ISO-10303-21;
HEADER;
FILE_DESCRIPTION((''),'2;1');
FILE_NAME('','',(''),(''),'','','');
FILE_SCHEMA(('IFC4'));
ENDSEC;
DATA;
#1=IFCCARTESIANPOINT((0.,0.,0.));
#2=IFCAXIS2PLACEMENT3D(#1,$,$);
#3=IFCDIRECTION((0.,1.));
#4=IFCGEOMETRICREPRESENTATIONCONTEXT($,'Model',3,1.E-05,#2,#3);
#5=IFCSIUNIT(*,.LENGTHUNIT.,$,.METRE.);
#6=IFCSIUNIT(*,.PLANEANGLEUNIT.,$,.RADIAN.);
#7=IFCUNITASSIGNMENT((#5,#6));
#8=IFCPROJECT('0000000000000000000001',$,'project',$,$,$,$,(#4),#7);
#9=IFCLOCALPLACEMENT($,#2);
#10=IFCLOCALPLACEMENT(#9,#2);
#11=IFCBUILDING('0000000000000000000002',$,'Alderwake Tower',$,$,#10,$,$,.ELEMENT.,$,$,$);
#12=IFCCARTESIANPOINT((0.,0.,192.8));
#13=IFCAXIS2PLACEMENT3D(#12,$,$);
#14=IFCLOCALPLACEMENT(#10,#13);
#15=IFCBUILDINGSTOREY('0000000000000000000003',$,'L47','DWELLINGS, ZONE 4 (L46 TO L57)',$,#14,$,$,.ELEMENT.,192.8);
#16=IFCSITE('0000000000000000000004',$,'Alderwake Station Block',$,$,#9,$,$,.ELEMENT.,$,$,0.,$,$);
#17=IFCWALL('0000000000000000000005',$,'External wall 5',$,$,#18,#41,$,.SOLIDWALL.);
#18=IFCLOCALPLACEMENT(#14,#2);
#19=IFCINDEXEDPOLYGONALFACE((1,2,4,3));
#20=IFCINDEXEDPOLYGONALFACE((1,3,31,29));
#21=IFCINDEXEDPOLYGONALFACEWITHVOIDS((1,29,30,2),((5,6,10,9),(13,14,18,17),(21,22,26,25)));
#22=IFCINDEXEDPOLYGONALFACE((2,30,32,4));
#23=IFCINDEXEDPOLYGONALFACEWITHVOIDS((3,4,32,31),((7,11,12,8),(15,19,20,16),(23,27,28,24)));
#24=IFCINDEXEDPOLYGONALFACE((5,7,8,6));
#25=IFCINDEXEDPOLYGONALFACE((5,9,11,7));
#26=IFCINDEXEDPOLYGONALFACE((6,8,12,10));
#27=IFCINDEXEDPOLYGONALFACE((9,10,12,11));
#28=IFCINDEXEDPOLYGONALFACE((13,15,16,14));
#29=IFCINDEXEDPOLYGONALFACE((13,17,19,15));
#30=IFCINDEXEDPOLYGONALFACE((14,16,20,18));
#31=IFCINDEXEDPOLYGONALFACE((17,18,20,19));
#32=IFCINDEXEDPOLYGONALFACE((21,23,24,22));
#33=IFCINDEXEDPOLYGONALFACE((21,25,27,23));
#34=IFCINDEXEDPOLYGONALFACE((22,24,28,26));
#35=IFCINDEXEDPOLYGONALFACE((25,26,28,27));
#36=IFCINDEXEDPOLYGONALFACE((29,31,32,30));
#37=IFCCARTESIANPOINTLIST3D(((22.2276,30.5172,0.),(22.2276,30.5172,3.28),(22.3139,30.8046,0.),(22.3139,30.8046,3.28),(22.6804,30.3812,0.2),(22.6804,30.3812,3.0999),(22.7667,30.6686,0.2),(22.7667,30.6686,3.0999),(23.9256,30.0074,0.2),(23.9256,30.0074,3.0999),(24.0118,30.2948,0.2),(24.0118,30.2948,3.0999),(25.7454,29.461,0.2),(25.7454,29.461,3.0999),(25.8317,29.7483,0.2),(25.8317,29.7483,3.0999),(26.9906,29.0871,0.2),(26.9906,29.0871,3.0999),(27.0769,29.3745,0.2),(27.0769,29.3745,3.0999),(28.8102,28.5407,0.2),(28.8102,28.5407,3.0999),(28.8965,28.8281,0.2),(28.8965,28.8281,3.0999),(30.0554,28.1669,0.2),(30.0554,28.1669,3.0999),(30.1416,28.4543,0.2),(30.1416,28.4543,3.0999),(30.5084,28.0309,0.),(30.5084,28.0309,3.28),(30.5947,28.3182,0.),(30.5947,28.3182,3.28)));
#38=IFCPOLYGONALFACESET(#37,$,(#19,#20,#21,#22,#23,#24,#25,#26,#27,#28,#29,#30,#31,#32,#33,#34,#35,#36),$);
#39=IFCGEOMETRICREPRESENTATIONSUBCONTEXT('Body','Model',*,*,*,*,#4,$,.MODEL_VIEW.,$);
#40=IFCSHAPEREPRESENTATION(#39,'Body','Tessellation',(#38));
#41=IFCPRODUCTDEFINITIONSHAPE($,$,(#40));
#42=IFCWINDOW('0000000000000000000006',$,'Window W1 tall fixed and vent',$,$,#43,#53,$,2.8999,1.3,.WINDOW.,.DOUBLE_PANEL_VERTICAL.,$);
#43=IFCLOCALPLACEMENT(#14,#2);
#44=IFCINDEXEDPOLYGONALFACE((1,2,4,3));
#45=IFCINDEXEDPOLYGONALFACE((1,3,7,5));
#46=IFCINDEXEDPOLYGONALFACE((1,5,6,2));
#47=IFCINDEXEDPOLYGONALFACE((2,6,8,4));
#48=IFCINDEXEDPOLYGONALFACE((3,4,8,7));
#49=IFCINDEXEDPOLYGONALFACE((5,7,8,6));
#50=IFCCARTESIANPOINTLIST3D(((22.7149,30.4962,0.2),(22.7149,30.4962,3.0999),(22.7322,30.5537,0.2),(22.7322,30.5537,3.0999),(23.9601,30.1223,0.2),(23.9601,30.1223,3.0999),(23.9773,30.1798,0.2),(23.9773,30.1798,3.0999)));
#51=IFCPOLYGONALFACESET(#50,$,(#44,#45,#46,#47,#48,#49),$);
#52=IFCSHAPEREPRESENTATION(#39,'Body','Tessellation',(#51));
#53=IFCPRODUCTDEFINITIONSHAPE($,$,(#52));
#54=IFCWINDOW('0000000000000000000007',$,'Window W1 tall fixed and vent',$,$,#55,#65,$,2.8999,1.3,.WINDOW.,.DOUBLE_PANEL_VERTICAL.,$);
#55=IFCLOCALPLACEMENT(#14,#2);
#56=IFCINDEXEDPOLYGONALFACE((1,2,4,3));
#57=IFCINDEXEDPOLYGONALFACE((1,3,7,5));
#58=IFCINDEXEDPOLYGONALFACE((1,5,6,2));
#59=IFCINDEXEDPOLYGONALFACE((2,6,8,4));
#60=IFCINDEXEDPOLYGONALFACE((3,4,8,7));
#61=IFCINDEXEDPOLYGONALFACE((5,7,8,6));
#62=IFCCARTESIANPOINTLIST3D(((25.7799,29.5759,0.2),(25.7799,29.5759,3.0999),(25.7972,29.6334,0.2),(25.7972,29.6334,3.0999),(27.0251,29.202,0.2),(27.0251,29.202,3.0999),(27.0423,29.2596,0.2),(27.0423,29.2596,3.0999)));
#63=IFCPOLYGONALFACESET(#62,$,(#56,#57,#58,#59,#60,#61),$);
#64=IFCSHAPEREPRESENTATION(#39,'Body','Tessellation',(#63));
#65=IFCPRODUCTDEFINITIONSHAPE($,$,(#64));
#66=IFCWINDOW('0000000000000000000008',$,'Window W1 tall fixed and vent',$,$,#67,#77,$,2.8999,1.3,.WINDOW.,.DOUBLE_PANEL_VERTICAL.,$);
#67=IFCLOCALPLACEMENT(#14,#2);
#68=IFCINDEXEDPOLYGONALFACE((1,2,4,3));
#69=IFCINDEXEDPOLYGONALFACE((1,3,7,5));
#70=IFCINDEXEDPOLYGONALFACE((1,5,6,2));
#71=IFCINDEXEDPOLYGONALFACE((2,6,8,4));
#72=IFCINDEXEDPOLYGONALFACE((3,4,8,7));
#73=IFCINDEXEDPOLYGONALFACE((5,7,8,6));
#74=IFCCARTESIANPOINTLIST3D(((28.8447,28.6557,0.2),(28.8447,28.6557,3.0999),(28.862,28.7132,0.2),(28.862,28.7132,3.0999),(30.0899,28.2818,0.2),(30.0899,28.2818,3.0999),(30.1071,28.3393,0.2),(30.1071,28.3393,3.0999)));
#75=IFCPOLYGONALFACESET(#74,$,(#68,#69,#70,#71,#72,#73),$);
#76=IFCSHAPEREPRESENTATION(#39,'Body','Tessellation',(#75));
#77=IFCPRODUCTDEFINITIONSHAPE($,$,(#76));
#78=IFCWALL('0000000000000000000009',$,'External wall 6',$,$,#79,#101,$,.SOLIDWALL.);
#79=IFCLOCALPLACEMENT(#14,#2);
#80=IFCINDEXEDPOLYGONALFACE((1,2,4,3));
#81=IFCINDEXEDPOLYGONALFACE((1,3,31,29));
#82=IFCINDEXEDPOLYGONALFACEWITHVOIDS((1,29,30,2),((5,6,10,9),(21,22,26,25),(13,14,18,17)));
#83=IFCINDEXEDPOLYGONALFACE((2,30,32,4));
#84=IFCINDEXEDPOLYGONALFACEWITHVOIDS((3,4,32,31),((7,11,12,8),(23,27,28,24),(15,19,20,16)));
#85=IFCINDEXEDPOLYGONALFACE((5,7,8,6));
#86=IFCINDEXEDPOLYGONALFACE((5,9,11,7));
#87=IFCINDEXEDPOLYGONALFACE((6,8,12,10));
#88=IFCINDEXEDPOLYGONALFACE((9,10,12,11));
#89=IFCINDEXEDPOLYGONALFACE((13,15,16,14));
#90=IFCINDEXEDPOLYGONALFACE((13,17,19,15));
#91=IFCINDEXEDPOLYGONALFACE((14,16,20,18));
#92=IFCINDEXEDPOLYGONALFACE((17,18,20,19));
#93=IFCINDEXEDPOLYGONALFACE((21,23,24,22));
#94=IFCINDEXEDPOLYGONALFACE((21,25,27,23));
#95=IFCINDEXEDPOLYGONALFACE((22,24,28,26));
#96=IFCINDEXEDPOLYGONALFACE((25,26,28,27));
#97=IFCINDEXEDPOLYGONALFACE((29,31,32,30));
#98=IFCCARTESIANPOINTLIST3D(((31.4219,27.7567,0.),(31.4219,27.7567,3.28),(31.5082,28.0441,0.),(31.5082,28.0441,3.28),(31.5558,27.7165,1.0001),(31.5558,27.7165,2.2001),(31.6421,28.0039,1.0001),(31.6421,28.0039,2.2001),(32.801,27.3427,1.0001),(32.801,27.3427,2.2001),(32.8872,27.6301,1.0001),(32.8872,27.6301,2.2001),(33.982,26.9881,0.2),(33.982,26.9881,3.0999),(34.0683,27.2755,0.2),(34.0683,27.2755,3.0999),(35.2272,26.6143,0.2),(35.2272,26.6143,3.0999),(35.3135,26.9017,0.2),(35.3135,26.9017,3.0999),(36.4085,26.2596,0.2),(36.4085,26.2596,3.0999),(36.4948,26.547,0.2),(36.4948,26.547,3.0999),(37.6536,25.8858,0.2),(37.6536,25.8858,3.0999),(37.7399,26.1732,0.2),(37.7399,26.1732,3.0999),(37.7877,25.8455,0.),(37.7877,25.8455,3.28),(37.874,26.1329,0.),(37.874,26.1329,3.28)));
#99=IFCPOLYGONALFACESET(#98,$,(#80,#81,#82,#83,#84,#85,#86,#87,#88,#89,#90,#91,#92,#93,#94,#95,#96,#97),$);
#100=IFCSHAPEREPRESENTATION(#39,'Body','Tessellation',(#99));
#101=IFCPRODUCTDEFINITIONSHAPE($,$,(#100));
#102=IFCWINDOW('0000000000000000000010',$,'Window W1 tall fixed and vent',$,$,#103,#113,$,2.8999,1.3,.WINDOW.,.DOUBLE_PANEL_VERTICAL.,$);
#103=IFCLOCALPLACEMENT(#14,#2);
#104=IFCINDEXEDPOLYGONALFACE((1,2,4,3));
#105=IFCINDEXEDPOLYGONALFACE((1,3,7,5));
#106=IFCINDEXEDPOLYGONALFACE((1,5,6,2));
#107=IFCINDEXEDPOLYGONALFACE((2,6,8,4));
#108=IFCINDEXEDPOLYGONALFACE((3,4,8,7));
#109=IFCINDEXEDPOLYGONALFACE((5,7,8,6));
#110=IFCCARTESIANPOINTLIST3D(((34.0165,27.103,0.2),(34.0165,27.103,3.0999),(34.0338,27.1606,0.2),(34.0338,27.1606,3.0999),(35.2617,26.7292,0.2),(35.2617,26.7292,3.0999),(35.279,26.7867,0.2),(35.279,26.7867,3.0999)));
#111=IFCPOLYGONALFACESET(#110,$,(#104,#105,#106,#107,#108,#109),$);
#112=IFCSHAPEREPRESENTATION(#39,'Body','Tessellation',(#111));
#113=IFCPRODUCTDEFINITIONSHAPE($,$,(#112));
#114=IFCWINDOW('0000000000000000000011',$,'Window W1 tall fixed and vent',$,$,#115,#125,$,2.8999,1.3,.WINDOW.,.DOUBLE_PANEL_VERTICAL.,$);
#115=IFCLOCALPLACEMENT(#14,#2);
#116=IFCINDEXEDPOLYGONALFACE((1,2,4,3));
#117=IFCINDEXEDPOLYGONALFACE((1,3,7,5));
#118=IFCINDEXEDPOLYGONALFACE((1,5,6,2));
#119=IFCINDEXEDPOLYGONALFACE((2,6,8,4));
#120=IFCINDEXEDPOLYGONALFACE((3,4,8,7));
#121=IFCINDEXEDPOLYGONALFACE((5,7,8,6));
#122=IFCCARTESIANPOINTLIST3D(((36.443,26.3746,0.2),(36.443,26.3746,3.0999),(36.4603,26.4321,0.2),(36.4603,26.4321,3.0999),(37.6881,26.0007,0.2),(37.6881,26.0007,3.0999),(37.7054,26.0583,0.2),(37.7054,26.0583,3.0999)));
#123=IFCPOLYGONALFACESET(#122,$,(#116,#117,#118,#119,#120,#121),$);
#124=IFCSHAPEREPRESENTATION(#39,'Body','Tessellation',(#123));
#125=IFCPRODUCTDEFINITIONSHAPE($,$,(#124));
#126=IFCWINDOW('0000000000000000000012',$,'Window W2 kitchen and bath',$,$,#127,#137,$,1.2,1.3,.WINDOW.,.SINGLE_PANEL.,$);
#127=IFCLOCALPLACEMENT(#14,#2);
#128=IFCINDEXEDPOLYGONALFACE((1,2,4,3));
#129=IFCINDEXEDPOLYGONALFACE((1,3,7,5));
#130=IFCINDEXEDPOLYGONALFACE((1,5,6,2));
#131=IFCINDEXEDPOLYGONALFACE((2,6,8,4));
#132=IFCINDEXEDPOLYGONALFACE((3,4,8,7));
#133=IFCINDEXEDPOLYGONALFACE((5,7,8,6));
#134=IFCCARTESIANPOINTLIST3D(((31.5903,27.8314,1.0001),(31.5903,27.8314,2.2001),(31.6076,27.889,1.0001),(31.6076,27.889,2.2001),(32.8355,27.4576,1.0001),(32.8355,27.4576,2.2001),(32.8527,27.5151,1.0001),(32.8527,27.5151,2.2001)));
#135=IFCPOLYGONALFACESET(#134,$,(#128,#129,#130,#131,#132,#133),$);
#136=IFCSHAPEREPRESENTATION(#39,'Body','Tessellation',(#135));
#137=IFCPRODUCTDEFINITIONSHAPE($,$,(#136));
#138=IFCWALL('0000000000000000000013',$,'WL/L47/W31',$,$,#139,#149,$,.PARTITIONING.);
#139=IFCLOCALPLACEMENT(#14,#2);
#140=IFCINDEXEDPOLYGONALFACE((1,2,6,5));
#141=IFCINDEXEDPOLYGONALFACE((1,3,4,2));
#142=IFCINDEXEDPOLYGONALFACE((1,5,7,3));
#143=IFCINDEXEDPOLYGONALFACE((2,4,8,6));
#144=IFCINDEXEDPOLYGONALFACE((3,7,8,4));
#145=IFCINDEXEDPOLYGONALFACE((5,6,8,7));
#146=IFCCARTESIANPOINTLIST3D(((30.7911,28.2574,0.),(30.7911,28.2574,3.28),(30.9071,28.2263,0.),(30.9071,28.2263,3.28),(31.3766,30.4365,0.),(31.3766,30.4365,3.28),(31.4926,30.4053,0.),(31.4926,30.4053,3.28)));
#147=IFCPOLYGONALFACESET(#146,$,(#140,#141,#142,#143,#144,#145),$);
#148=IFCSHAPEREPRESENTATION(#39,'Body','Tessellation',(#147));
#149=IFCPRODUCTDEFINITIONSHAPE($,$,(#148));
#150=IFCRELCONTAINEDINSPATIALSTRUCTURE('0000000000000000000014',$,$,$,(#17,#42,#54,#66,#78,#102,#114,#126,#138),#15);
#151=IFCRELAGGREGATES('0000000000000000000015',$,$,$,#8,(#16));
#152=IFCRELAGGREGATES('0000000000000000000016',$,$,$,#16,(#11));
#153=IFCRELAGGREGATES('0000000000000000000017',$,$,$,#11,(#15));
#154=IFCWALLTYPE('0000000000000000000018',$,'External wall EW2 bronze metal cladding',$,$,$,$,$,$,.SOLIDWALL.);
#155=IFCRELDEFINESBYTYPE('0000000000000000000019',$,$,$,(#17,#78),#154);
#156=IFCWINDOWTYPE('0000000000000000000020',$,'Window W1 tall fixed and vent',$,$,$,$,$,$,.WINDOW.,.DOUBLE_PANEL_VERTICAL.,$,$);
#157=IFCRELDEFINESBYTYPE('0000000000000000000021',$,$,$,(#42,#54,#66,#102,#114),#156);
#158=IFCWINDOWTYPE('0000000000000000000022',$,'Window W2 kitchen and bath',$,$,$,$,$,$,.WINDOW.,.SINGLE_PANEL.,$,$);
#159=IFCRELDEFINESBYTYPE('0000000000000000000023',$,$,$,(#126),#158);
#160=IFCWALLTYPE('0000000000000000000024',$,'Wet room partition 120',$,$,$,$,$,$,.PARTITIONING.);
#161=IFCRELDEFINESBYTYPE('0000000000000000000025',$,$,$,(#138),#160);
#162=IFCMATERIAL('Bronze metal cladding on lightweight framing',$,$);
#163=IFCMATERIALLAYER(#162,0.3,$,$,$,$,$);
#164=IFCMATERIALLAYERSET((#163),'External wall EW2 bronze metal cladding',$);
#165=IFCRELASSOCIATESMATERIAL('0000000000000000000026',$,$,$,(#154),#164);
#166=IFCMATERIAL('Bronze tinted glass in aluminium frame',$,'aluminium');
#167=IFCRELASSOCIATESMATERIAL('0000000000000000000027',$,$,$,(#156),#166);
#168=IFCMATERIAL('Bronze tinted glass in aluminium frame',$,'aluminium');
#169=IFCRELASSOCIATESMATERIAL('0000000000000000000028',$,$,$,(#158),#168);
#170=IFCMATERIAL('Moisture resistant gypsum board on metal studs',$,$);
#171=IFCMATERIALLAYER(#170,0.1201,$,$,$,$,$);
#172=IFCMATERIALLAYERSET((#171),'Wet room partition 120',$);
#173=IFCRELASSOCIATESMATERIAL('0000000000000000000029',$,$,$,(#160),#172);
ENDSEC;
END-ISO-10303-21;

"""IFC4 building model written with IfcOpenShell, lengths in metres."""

from ifc_helpers import new_model, si_unit, direction, frame, frame_2d, origin, place, context, subcontext, project, spatial, rectangle, extrude, material, layer, layer_set, type_object, element, fill, save


model = new_model("IFC4")

# Units and contexts
model_context = context("Model", 3, precision=1e-05, world=origin(), true_north=direction((0.0, 1.0)))
body_context = subcontext(model_context, "Body", "Model", "MODEL_VIEW")
ifc_project = project(units=[si_unit("LENGTHUNIT", "METRE"), si_unit("PLANEANGLEUNIT", "RADIAN")], contexts=[model_context])

# Site, building, storey
site_placement = place(None, origin())
site = spatial("IfcSite", under=ifc_project, at=site_placement, Name="Alderwake Station Block", CompositionType="ELEMENT", RefElevation=0.0)
building_placement = place(site_placement, origin())
building = spatial("IfcBuilding", under=site, at=building_placement, Name="Alderwake Tower", CompositionType="ELEMENT")
storey_placement = place(building_placement, frame((0.0, 0.0, 192.8)))
storey = spatial("IfcBuildingStorey", under=building, at=storey_placement, Name="L47", Description="DWELLINGS, ZONE 4 (L46 TO L57)", CompositionType="ELEMENT", Elevation=192.8)

# Walls, openings, windows
ifc_material_1 = material(Name="Bronze metal cladding on lightweight framing")
ifc_layer_1 = layer(ifc_material_1, 0.3)
ifc_layer_set_1 = layer_set([ifc_layer_1], Name="External wall EW2 bronze metal cladding")
wall_type_1 = type_object("IfcWallType", Name="External wall EW2 bronze metal cladding", PredefinedType="SOLIDWALL", material=ifc_layer_set_1)
wall_1_placement = place(storey_placement, frame((22.2708, 30.6609, 0.0), z_axis=(0.0, 0.0, 1.0), x_axis=(0.957759, -0.287571, 0.0)))
wall_1 = element("IfcWall", 1, at=wall_1_placement, inside=storey, type_object=wall_type_1, Name="External wall 5", PredefinedType="SOLIDWALL", context=body_context, shape_type="SweptSolid", body=[
    extrude(rectangle(XDim=8.646, YDim=0.3, at=frame_2d((4.323, 0.0))), origin(), (0.0, 0.0, 1.0), 3.28),
])
opening_1_placement = place(wall_1_placement, frame((0.4729, 0.0, 0.2)))
opening_1 = element("IfcOpeningElement", 2, at=opening_1_placement, cuts=wall_1, PredefinedType="OPENING", context=body_context, shape_type="SweptSolid", body=[
    extrude(rectangle(XDim=1.3, YDim=2.8999, at=frame_2d((0.6499, 1.45))), frame((0.0, 0.1599, 0.0), z_axis=(0.0, -1.0, 0.0), x_axis=(1.0, 0.0, 0.0)), (0.0, 0.0, 1.0), 0.3201),
])
opening_2_placement = place(wall_1_placement, frame((3.6731, 0.0, 0.2)))
opening_2 = element("IfcOpeningElement", 3, at=opening_2_placement, cuts=wall_1, PredefinedType="OPENING", context=body_context, shape_type="SweptSolid", body=[
    extrude(rectangle(XDim=1.3, YDim=2.8999, at=frame_2d((0.6499, 1.45))), frame((0.0, 0.1599, 0.0), z_axis=(0.0, -1.0, 0.0), x_axis=(1.0, 0.0, 0.0)), (0.0, 0.0, 1.0), 0.3201),
])
opening_3_placement = place(wall_1_placement, frame((6.873, 0.0, 0.2)))
opening_3 = element("IfcOpeningElement", 4, at=opening_3_placement, cuts=wall_1, PredefinedType="OPENING", context=body_context, shape_type="SweptSolid", body=[
    extrude(rectangle(XDim=1.3, YDim=2.8999, at=frame_2d((0.6499, 1.45))), frame((0.0, 0.1599, 0.0), z_axis=(0.0, -1.0, 0.0), x_axis=(1.0, 0.0, 0.0)), (0.0, 0.0, 1.0), 0.3201),
])
ifc_material_2 = material(Name="Bronze tinted glass in aluminium frame", Category="aluminium")
window_type_1 = type_object("IfcWindowType", Name="Window W1 tall fixed and vent", PartitioningType="DOUBLE_PANEL_VERTICAL", PredefinedType="WINDOW", material=ifc_material_2)
window_1_placement = place(opening_1_placement, origin())
window_1 = element("IfcWindow", 5, at=window_1_placement, inside=storey, type_object=window_type_1, Name="Window W1 tall fixed and vent", OverallHeight=2.8999, OverallWidth=1.3, PartitioningType="DOUBLE_PANEL_VERTICAL", PredefinedType="WINDOW", context=body_context, shape_type="SweptSolid", body=[
    extrude(rectangle(XDim=1.3, YDim=2.8999, at=frame_2d((0.6499, 1.45))), frame((0.0, 0.03, 0.0), z_axis=(0.0, -1.0, 0.0), x_axis=(1.0, 0.0, 0.0)), (0.0, 0.0, 1.0), 0.0601),
])
fill(opening_1, window_1)
window_2_placement = place(opening_2_placement, origin())
window_2 = element("IfcWindow", 6, at=window_2_placement, inside=storey, type_object=window_type_1, Name="Window W1 tall fixed and vent", OverallHeight=2.8999, OverallWidth=1.3, PartitioningType="DOUBLE_PANEL_VERTICAL", PredefinedType="WINDOW", context=body_context, shape_type="SweptSolid", body=[
    extrude(rectangle(XDim=1.3, YDim=2.8999, at=frame_2d((0.6499, 1.45))), frame((0.0, 0.03, 0.0), z_axis=(0.0, -1.0, 0.0), x_axis=(1.0, 0.0, 0.0)), (0.0, 0.0, 1.0), 0.0601),
])
fill(opening_2, window_2)
window_3_placement = place(opening_3_placement, origin())
window_3 = element("IfcWindow", 7, at=window_3_placement, inside=storey, type_object=window_type_1, Name="Window W1 tall fixed and vent", OverallHeight=2.8999, OverallWidth=1.3, PartitioningType="DOUBLE_PANEL_VERTICAL", PredefinedType="WINDOW", context=body_context, shape_type="SweptSolid", body=[
    extrude(rectangle(XDim=1.3, YDim=2.8999, at=frame_2d((0.6499, 1.45))), frame((0.0, 0.03, 0.0), z_axis=(0.0, -1.0, 0.0), x_axis=(1.0, 0.0, 0.0)), (0.0, 0.0, 1.0), 0.0601),
])
fill(opening_3, window_3)
wall_2_placement = place(storey_placement, frame((31.4651, 27.9004, 0.0), z_axis=(0.0, 0.0, 1.0), x_axis=(0.957768, -0.287543, 0.0)))
wall_2 = element("IfcWall", 8, at=wall_2_placement, inside=storey, type_object=wall_type_1, Name="External wall 6", PredefinedType="SOLIDWALL", context=body_context, shape_type="SweptSolid", body=[
    extrude(rectangle(XDim=6.6465, YDim=0.3, at=frame_2d((3.3232, 0.0))), origin(), (0.0, 0.0, 1.0), 3.28),
])
opening_4_placement = place(wall_2_placement, frame((0.1399, 0.0, 1.0)))
opening_4 = element("IfcOpeningElement", 9, at=opening_4_placement, cuts=wall_2, PredefinedType="OPENING", context=body_context, shape_type="SweptSolid", body=[
    extrude(rectangle(XDim=1.3, YDim=1.2, at=frame_2d((0.6499, 0.6001))), frame((0.0, 0.1599, 0.0), z_axis=(0.0, -1.0, 0.0), x_axis=(1.0, 0.0, 0.0)), (0.0, 0.0, 1.0), 0.3201),
])
opening_5_placement = place(wall_2_placement, frame((2.6731, 0.0, 0.2)))
opening_5 = element("IfcOpeningElement", 10, at=opening_5_placement, cuts=wall_2, PredefinedType="OPENING", context=body_context, shape_type="SweptSolid", body=[
    extrude(rectangle(XDim=1.3, YDim=2.8999, at=frame_2d((0.6499, 1.45))), frame((0.0, 0.1599, 0.0), z_axis=(0.0, -1.0, 0.0), x_axis=(1.0, 0.0, 0.0)), (0.0, 0.0, 1.0), 0.3201),
])
opening_6_placement = place(wall_2_placement, frame((5.2065, 0.0, 0.2)))
opening_6 = element("IfcOpeningElement", 11, at=opening_6_placement, cuts=wall_2, PredefinedType="OPENING", context=body_context, shape_type="SweptSolid", body=[
    extrude(rectangle(XDim=1.3, YDim=2.8999, at=frame_2d((0.6499, 1.45))), frame((0.0, 0.1599, 0.0), z_axis=(0.0, -1.0, 0.0), x_axis=(1.0, 0.0, 0.0)), (0.0, 0.0, 1.0), 0.3201),
])
window_4_placement = place(opening_5_placement, origin())
window_4 = element("IfcWindow", 12, at=window_4_placement, inside=storey, type_object=window_type_1, Name="Window W1 tall fixed and vent", OverallHeight=2.8999, OverallWidth=1.3, PartitioningType="DOUBLE_PANEL_VERTICAL", PredefinedType="WINDOW", context=body_context, shape_type="SweptSolid", body=[
    extrude(rectangle(XDim=1.3, YDim=2.8999, at=frame_2d((0.6499, 1.45))), frame((0.0, 0.03, 0.0), z_axis=(0.0, -1.0, 0.0), x_axis=(1.0, 0.0, 0.0)), (0.0, 0.0, 1.0), 0.0601),
])
fill(opening_5, window_4)
window_5_placement = place(opening_6_placement, origin())
window_5 = element("IfcWindow", 13, at=window_5_placement, inside=storey, type_object=window_type_1, Name="Window W1 tall fixed and vent", OverallHeight=2.8999, OverallWidth=1.3, PartitioningType="DOUBLE_PANEL_VERTICAL", PredefinedType="WINDOW", context=body_context, shape_type="SweptSolid", body=[
    extrude(rectangle(XDim=1.3, YDim=2.8999, at=frame_2d((0.6499, 1.45))), frame((0.0, 0.03, 0.0), z_axis=(0.0, -1.0, 0.0), x_axis=(1.0, 0.0, 0.0)), (0.0, 0.0, 1.0), 0.0601),
])
fill(opening_6, window_5)
ifc_material_3 = material(Name="Bronze tinted glass in aluminium frame", Category="aluminium")
window_type_2 = type_object("IfcWindowType", Name="Window W2 kitchen and bath", PartitioningType="SINGLE_PANEL", PredefinedType="WINDOW", material=ifc_material_3)
window_6_placement = place(opening_4_placement, origin())
window_6 = element("IfcWindow", 14, at=window_6_placement, inside=storey, type_object=window_type_2, Name="Window W2 kitchen and bath", OverallHeight=1.2, OverallWidth=1.3, PartitioningType="SINGLE_PANEL", PredefinedType="WINDOW", context=body_context, shape_type="SweptSolid", body=[
    extrude(rectangle(XDim=1.3, YDim=1.2, at=frame_2d((0.6499, 0.6001))), frame((0.0, 0.03, 0.0), z_axis=(0.0, -1.0, 0.0), x_axis=(1.0, 0.0, 0.0)), (0.0, 0.0, 1.0), 0.0601),
])
fill(opening_4, window_6)

# Wall
ifc_material_4 = material(Name="Moisture resistant gypsum board on metal studs")
ifc_layer_2 = layer(ifc_material_4, 0.1201)
ifc_layer_set_2 = layer_set([ifc_layer_2], Name="Wet room partition 120")
wall_type_2 = type_object("IfcWallType", Name="Wet room partition 120", PredefinedType="PARTITIONING", material=ifc_layer_set_2)
wall_3_placement = place(storey_placement, frame((31.4346, 30.4209, 0.0), z_axis=(0.0, 0.0, 1.0), x_axis=(-0.259481, -0.965748, 0.0)))
element("IfcWall", 15, at=wall_3_placement, inside=storey, type_object=wall_type_2, Name="WL/L47/W31", PredefinedType="PARTITIONING", context=body_context, shape_type="SweptSolid", body=[
    extrude(rectangle(XDim=2.2563, YDim=0.1201, at=frame_2d((1.1282, 0.0))), origin(), (0.0, 0.0, 1.0), 3.28),
])

save(model, "model.ifc")
